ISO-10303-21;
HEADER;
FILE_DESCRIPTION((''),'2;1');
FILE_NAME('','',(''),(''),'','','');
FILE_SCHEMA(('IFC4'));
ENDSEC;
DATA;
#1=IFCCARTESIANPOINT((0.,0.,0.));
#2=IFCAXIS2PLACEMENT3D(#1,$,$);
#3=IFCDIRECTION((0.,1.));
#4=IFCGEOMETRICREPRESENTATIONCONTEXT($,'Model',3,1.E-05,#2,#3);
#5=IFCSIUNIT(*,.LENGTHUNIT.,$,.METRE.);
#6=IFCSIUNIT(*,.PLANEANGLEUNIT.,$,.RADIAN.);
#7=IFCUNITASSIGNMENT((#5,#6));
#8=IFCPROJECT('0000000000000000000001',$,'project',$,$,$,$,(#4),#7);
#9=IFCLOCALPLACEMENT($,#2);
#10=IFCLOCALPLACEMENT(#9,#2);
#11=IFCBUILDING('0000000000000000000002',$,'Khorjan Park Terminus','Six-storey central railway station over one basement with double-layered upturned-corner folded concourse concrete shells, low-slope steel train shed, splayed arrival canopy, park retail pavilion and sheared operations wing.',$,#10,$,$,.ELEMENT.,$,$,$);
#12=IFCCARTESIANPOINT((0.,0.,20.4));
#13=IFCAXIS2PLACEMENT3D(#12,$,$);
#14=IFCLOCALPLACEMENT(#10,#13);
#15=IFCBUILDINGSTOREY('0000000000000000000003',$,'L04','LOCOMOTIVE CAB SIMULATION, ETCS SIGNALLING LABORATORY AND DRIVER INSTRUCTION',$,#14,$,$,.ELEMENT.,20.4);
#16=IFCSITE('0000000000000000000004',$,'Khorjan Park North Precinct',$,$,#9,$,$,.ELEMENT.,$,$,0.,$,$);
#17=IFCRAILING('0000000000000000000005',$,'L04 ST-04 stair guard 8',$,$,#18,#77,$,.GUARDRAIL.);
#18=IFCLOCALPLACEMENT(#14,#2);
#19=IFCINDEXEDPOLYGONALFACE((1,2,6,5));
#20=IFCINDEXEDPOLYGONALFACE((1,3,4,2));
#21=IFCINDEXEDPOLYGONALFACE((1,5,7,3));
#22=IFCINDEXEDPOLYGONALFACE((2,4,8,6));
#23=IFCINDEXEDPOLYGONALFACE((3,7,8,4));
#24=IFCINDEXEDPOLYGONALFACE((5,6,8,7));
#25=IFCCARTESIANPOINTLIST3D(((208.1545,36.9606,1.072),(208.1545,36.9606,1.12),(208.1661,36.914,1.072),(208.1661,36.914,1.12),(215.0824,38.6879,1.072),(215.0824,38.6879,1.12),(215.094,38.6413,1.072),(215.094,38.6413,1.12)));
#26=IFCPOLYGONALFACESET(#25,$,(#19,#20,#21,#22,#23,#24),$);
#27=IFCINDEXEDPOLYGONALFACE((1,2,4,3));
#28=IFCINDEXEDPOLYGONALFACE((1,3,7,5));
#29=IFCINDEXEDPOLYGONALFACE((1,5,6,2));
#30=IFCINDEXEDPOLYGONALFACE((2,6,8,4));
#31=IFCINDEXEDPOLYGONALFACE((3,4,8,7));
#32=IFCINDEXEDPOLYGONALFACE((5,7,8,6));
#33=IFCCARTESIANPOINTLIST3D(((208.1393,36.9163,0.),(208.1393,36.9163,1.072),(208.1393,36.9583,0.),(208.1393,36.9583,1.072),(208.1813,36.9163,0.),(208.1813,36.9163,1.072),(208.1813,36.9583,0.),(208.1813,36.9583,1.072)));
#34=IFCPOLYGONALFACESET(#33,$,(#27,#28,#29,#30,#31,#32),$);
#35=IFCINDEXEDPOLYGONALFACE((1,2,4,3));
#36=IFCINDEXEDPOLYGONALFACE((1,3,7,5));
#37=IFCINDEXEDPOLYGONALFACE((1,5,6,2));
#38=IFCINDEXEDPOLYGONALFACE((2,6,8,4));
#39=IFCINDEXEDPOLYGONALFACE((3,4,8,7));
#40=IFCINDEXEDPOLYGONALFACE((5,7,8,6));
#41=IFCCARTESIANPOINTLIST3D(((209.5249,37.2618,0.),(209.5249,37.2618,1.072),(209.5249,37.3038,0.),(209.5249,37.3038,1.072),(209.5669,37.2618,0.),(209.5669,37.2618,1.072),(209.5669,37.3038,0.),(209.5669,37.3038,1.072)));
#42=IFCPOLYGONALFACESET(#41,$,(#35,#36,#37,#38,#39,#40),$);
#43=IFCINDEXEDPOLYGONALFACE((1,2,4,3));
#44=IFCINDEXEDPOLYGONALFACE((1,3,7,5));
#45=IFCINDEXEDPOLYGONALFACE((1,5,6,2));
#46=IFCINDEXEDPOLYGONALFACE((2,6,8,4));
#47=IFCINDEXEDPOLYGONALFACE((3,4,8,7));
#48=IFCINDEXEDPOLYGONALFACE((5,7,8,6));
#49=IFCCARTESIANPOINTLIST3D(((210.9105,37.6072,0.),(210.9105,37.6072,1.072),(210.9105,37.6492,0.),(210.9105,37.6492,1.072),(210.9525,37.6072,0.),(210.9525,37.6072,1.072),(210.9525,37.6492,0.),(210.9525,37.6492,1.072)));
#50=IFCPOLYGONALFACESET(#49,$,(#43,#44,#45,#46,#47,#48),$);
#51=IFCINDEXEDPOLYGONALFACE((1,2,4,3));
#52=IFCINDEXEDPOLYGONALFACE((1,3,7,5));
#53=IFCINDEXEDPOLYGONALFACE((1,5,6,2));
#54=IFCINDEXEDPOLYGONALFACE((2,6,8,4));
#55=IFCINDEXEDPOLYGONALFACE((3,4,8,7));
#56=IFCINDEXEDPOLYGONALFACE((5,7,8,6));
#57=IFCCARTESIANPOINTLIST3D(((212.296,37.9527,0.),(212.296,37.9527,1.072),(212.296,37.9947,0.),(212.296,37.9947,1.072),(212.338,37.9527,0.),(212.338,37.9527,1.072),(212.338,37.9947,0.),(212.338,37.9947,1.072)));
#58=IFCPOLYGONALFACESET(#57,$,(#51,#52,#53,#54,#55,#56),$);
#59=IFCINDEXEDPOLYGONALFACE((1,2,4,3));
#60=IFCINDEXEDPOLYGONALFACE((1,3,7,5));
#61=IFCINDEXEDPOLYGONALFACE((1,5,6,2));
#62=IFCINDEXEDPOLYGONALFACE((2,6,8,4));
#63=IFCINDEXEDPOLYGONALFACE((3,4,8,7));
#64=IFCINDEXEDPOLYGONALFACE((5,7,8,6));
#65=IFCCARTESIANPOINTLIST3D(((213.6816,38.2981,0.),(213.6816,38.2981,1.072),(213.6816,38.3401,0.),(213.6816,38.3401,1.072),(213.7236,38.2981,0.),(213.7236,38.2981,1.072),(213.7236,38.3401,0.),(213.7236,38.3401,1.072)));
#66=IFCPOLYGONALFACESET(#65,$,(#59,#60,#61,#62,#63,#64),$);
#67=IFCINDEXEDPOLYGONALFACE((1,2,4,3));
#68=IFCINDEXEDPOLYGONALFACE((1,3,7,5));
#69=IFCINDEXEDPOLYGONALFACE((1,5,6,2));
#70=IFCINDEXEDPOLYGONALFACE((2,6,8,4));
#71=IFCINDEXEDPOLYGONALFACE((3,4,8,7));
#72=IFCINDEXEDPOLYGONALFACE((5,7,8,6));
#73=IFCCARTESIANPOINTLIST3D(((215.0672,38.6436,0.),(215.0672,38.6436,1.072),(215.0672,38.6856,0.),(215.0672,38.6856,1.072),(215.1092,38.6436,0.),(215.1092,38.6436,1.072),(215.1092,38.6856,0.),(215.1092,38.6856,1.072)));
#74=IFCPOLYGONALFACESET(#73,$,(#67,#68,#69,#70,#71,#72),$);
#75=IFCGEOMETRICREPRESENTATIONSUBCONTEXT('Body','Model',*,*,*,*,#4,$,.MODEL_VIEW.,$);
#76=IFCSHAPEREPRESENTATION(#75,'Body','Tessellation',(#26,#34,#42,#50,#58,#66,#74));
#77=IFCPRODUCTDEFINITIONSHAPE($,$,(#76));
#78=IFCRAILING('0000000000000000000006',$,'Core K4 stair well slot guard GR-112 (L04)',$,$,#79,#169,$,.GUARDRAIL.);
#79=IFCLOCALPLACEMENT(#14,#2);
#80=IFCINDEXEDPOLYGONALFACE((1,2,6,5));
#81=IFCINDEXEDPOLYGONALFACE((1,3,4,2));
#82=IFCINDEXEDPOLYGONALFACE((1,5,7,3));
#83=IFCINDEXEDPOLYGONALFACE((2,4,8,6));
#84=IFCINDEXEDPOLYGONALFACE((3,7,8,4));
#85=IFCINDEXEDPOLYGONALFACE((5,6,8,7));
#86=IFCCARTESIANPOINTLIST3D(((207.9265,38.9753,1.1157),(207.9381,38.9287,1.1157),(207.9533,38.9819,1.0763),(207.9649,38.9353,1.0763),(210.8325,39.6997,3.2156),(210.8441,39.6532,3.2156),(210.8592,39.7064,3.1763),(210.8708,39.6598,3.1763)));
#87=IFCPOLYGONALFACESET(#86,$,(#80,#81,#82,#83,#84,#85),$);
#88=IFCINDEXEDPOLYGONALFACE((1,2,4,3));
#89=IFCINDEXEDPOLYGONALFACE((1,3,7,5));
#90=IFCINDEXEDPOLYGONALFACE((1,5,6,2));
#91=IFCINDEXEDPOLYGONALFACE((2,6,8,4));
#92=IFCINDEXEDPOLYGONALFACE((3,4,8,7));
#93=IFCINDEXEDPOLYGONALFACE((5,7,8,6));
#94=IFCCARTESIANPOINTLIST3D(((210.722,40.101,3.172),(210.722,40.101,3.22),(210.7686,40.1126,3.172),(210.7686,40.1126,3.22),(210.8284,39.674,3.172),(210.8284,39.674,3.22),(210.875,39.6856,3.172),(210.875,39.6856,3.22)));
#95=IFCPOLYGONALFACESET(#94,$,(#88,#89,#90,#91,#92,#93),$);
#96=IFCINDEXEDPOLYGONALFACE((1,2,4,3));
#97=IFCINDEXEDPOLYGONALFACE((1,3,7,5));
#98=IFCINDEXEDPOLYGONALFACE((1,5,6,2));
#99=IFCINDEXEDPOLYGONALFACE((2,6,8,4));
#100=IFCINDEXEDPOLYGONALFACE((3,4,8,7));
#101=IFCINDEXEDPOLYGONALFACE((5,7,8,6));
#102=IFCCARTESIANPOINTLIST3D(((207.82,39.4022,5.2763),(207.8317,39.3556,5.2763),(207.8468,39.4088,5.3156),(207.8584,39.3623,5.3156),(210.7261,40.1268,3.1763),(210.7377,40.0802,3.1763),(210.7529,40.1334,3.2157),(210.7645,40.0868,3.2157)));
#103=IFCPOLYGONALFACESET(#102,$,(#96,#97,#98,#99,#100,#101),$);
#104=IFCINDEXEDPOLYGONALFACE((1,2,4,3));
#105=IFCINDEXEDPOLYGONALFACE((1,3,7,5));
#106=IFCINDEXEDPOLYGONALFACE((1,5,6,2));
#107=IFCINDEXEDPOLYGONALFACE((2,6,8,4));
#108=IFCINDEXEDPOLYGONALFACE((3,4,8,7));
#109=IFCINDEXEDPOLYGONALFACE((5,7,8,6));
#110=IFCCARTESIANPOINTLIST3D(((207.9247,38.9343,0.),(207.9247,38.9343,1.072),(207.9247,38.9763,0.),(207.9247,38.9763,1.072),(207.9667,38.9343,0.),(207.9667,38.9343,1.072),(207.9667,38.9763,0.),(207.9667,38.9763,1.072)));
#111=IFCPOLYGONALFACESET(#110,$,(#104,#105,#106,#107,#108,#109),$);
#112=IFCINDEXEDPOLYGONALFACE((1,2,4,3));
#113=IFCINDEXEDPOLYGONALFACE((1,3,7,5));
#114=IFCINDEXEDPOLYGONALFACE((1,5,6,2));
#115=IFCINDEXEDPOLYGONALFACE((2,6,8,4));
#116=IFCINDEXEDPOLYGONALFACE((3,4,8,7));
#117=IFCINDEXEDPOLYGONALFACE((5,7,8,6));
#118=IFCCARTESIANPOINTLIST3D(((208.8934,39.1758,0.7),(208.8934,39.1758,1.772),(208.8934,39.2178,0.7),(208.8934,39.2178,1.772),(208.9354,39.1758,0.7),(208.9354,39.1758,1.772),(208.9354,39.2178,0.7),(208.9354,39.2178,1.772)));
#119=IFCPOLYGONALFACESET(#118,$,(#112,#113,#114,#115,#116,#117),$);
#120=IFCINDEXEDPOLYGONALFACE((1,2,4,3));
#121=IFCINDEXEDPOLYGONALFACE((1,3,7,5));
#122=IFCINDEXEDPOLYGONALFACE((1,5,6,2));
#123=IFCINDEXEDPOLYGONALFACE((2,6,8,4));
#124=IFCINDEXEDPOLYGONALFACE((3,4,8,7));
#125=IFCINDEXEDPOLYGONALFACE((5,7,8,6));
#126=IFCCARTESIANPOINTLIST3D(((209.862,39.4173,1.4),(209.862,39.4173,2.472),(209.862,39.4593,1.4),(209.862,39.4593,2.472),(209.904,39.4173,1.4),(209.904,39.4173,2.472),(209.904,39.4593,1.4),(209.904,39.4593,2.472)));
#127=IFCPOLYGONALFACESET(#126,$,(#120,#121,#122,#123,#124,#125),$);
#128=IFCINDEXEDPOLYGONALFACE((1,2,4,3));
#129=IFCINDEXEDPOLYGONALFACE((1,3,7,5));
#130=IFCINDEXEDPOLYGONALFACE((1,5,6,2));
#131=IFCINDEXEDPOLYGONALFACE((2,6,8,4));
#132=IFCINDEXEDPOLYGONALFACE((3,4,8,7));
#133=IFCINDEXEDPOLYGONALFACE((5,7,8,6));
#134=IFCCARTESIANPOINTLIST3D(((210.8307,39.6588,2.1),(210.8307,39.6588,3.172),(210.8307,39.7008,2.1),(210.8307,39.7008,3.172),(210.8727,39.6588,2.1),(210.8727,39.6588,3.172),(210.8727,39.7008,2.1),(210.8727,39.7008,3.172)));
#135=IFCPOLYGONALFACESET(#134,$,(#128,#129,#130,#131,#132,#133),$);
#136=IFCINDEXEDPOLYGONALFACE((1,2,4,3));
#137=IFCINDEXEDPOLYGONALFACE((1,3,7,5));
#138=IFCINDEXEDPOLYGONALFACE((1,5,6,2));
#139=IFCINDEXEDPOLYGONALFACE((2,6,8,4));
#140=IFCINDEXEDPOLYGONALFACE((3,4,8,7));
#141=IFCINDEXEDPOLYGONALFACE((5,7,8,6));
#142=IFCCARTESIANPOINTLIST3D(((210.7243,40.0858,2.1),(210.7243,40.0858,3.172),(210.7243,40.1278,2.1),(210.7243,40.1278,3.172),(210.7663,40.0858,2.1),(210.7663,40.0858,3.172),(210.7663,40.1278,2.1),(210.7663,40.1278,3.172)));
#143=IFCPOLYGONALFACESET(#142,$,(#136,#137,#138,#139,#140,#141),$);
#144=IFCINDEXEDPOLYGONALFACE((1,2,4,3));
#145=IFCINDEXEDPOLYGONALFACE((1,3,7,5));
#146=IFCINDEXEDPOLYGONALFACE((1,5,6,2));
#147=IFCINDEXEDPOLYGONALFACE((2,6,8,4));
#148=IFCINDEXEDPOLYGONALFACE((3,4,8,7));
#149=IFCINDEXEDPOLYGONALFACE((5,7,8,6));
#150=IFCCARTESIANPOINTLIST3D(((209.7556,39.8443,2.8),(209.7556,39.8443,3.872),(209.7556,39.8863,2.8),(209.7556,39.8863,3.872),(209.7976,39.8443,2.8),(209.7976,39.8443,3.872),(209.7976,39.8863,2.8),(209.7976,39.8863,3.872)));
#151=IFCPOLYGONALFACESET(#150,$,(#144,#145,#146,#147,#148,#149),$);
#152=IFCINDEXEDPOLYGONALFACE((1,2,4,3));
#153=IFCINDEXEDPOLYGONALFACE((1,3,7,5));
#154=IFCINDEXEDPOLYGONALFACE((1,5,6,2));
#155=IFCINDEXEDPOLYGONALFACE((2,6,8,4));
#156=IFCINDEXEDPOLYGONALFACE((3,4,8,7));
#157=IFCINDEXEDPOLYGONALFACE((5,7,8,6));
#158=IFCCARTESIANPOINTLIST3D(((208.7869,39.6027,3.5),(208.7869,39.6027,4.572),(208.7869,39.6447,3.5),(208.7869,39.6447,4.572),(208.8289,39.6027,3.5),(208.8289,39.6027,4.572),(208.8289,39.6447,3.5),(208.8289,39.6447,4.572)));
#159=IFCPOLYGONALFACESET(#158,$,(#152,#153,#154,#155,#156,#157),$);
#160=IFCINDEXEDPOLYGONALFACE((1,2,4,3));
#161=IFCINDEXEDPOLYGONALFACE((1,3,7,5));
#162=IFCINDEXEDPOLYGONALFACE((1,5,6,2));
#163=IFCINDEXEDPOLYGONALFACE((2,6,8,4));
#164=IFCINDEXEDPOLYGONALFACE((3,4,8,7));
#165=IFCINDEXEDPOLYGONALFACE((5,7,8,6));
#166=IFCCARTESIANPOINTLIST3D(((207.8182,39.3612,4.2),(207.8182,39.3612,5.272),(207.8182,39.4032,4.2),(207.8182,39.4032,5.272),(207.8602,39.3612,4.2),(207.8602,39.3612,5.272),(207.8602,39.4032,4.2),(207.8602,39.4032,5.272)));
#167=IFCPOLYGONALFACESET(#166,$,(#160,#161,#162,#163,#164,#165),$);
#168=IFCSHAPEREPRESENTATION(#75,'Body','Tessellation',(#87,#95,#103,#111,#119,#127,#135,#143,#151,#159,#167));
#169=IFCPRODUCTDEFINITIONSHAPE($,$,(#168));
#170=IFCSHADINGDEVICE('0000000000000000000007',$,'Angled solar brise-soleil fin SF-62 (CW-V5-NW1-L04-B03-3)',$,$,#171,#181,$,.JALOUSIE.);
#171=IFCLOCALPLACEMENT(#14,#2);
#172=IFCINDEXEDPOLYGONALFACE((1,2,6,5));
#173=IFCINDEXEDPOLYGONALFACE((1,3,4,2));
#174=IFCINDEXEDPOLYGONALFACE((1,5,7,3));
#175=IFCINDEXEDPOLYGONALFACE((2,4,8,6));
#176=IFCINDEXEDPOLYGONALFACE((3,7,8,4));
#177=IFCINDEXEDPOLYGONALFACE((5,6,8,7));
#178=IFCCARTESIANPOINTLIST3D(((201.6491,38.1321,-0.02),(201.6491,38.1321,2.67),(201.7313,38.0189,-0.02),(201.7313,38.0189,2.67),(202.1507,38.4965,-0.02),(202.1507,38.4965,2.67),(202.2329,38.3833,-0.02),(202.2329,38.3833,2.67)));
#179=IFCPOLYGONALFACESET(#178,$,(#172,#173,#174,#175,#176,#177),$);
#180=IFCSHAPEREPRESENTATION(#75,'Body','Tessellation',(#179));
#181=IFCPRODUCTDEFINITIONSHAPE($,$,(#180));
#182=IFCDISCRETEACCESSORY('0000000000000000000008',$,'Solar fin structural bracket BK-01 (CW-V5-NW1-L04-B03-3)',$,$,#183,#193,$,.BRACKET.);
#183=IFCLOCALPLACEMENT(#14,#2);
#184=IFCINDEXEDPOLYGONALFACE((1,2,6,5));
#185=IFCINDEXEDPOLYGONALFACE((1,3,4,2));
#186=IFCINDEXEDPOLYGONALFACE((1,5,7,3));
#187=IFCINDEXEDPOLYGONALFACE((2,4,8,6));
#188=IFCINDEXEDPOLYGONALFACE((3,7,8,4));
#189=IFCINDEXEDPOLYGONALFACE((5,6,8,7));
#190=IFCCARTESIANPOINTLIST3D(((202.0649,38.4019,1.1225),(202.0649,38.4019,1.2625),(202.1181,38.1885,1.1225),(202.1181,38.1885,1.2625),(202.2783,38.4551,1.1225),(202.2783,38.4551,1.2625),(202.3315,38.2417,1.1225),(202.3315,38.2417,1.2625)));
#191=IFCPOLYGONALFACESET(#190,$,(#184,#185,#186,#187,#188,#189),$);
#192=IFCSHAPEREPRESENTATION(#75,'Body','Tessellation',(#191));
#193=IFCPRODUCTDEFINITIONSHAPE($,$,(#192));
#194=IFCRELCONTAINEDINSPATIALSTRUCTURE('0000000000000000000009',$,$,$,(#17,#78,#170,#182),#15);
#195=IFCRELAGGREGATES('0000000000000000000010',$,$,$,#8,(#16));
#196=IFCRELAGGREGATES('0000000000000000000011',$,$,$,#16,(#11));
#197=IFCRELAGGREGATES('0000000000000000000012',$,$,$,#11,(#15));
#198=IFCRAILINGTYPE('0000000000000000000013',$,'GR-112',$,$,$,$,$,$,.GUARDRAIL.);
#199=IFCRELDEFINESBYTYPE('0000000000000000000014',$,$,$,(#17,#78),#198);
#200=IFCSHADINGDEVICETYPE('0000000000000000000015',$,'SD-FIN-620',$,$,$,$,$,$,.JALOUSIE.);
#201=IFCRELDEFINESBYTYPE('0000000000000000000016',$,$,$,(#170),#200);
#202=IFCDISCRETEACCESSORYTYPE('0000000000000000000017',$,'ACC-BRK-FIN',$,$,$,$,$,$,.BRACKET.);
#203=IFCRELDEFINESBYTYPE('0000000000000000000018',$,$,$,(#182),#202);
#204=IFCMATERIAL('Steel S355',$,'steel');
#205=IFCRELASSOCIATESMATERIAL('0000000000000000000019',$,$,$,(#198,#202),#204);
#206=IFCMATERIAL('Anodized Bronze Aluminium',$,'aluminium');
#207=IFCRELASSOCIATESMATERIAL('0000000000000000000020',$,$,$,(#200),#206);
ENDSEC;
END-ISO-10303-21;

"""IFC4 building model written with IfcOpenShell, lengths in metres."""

from ifc_helpers import new_model, si_unit, direction, frame, origin, origin_2d, place, context, subcontext, project, spatial, rectangle, extrude, material, type_object, element, save


model = new_model("IFC4")

# Units and contexts
model_context = context("Model", 3, precision=1e-05, world=origin(), true_north=direction((0.0, 1.0)))
body_context = subcontext(model_context, "Body", "Model", "MODEL_VIEW")
ifc_project = project(units=[si_unit("LENGTHUNIT", "METRE"), si_unit("PLANEANGLEUNIT", "RADIAN")], contexts=[model_context])

# Site, building, storey
site_placement = place(None, origin())
site = spatial("IfcSite", under=ifc_project, at=site_placement, Name="Khorjan Park North Precinct", CompositionType="ELEMENT", RefElevation=0.0)
building_placement = place(site_placement, origin())
building = spatial("IfcBuilding", under=site, at=building_placement, Name="Khorjan Park Terminus", Description="Six-storey central railway station over one basement with double-layered upturned-corner folded concourse concrete shells, low-slope steel train shed, splayed arrival canopy, park retail pavilion and sheared operations wing.", CompositionType="ELEMENT")
storey_placement = place(building_placement, frame((0.0, 0.0, 20.4)))
storey = spatial("IfcBuildingStorey", under=building, at=storey_placement, Name="L04", Description="LOCOMOTIVE CAB SIMULATION, ETCS SIGNALLING LABORATORY AND DRIVER INSTRUCTION", CompositionType="ELEMENT", Elevation=20.4)

# Shared definitions
ifc_material_1 = material(Name="Steel S355", Category="steel")

# Shared definitions
ifc_material_2 = material(Name="Anodized Bronze Aluminium", Category="aluminium")

# Railings
railing_type = type_object("IfcRailingType", Name="GR-112", PredefinedType="GUARDRAIL", material=ifc_material_1)
railing_1_placement = place(storey_placement, frame((208.1603, 36.9373, 0.0)))
element("IfcRailing", 1, at=railing_1_placement, inside=storey, type_object=railing_type, Name="L04 ST-04 stair guard 8", PredefinedType="GUARDRAIL", context=body_context, shape_type="SweptSolid", body=[
    extrude(rectangle(XDim=0.048, YDim=0.048, at=origin_2d()), frame((0.0, 0.0, 1.096), z_axis=(0.970296, 0.241919, 0.0), x_axis=(-0.241919, 0.970296, 0.0)), (0.0, 0.0, 1.0), 7.14),
    extrude(rectangle(XDim=0.042, YDim=0.042, at=origin_2d()), origin(), (0.0, 0.0, 1.0), 1.072),
    extrude(rectangle(XDim=0.042, YDim=0.042, at=origin_2d()), frame((1.3856, 0.3455, 0.0)), (0.0, 0.0, 1.0), 1.072),
    extrude(rectangle(XDim=0.042, YDim=0.042, at=origin_2d()), frame((2.7712, 0.6909, 0.0)), (0.0, 0.0, 1.0), 1.072),
    extrude(rectangle(XDim=0.042, YDim=0.042, at=origin_2d()), frame((4.1567, 1.0364, 0.0)), (0.0, 0.0, 1.0), 1.072),
    extrude(rectangle(XDim=0.042, YDim=0.042, at=origin_2d()), frame((5.5423, 1.3818, 0.0)), (0.0, 0.0, 1.0), 1.072),
    extrude(rectangle(XDim=0.042, YDim=0.042, at=origin_2d()), frame((6.9279, 1.7273, 0.0)), (0.0, 0.0, 1.0), 1.072),
])
railing_2_placement = place(storey_placement, frame((207.9457, 38.9553, 0.0)))
element("IfcRailing", 2, at=railing_2_placement, inside=storey, type_object=railing_type, Name="Core K4 stair well slot guard GR-112 (L04)", PredefinedType="GUARDRAIL", context=body_context, shape_type="SweptSolid", body=[
    extrude(rectangle(XDim=0.048, YDim=0.048, at=origin_2d()), frame((0.0, 0.0, 1.096), z_axis=(0.79446, 0.198068, 0.574111), x_axis=(-0.241907, 0.970299, 0.0)), (0.0, 0.0, 1.0), 3.6578),
    extrude(rectangle(XDim=0.048, YDim=0.048, at=origin_2d()), frame((2.906, 0.7245, 3.196), z_axis=(-0.241787, 0.970329, 0.0), x_axis=(-0.970329, -0.241787, 0.0)), (0.0, 0.0, 1.0), 0.4401),
    extrude(rectangle(XDim=0.048, YDim=0.048, at=origin_2d()), frame((2.7996, 1.1515, 3.196), z_axis=(-0.794465, -0.19809, 0.574095), x_axis=(0.241931, -0.970294, 0.0)), (0.0, 0.0, 1.0), 3.6579),
    extrude(rectangle(XDim=0.042, YDim=0.042, at=origin_2d()), origin(), (0.0, 0.0, 1.0), 1.072),
    extrude(rectangle(XDim=0.042, YDim=0.042, at=origin_2d()), frame((0.9687, 0.2415, 0.7)), (0.0, 0.0, 1.0), 1.072),
    extrude(rectangle(XDim=0.042, YDim=0.042, at=origin_2d()), frame((1.9373, 0.483, 1.4)), (0.0, 0.0, 1.0), 1.072),
    extrude(rectangle(XDim=0.042, YDim=0.042, at=origin_2d()), frame((2.906, 0.7245, 2.1)), (0.0, 0.0, 1.0), 1.072),
    extrude(rectangle(XDim=0.042, YDim=0.042, at=origin_2d()), frame((2.7996, 1.1515, 2.1)), (0.0, 0.0, 1.0), 1.072),
    extrude(rectangle(XDim=0.042, YDim=0.042, at=origin_2d()), frame((1.8309, 0.91, 2.8)), (0.0, 0.0, 1.0), 1.072),
    extrude(rectangle(XDim=0.042, YDim=0.042, at=origin_2d()), frame((0.8622, 0.6684, 3.5)), (0.0, 0.0, 1.0), 1.072),
    extrude(rectangle(XDim=0.042, YDim=0.042, at=origin_2d()), frame((-0.1065, 0.4269, 4.2)), (0.0, 0.0, 1.0), 1.072),
])

# Shading device
shading_device_type = type_object("IfcShadingDeviceType", Name="SD-FIN-620", PredefinedType="JALOUSIE", material=ifc_material_2)
shading_device_placement = place(storey_placement, frame((201.941, 38.2577, -0.02), z_axis=(0.0, 0.0, 1.0), x_axis=(0.809017, 0.587785, 0.0)))
element("IfcShadingDevice", 3, at=shading_device_placement, inside=storey, type_object=shading_device_type, Name="Angled solar brise-soleil fin SF-62 (CW-V5-NW1-L04-B03-3)", PredefinedType="JALOUSIE", context=body_context, shape_type="SweptSolid", body=[
    extrude(rectangle(XDim=0.62, YDim=0.14, at=origin_2d()), origin(), (0.0, 0.0, 1.0), 2.69),
])

# Discrete accessory
discrete_accessory_type = type_object("IfcDiscreteAccessoryType", Name="ACC-BRK-FIN", PredefinedType="BRACKET", material=ifc_material_1)
discrete_accessory_placement = place(storey_placement, frame((202.1982, 38.3218, 1.1225), z_axis=(0.0, 0.0, 1.0), x_axis=(0.241921, -0.970296, 0.0)))
element("IfcDiscreteAccessory", 4, at=discrete_accessory_placement, inside=storey, type_object=discrete_accessory_type, Name="Solar fin structural bracket BK-01 (CW-V5-NW1-L04-B03-3)", PredefinedType="BRACKET", context=body_context, shape_type="SweptSolid", body=[
    extrude(rectangle(XDim=0.22, YDim=0.22, at=origin_2d()), origin(), (0.0, 0.0, 1.0), 0.14),
])

save(model, "model.ifc")
